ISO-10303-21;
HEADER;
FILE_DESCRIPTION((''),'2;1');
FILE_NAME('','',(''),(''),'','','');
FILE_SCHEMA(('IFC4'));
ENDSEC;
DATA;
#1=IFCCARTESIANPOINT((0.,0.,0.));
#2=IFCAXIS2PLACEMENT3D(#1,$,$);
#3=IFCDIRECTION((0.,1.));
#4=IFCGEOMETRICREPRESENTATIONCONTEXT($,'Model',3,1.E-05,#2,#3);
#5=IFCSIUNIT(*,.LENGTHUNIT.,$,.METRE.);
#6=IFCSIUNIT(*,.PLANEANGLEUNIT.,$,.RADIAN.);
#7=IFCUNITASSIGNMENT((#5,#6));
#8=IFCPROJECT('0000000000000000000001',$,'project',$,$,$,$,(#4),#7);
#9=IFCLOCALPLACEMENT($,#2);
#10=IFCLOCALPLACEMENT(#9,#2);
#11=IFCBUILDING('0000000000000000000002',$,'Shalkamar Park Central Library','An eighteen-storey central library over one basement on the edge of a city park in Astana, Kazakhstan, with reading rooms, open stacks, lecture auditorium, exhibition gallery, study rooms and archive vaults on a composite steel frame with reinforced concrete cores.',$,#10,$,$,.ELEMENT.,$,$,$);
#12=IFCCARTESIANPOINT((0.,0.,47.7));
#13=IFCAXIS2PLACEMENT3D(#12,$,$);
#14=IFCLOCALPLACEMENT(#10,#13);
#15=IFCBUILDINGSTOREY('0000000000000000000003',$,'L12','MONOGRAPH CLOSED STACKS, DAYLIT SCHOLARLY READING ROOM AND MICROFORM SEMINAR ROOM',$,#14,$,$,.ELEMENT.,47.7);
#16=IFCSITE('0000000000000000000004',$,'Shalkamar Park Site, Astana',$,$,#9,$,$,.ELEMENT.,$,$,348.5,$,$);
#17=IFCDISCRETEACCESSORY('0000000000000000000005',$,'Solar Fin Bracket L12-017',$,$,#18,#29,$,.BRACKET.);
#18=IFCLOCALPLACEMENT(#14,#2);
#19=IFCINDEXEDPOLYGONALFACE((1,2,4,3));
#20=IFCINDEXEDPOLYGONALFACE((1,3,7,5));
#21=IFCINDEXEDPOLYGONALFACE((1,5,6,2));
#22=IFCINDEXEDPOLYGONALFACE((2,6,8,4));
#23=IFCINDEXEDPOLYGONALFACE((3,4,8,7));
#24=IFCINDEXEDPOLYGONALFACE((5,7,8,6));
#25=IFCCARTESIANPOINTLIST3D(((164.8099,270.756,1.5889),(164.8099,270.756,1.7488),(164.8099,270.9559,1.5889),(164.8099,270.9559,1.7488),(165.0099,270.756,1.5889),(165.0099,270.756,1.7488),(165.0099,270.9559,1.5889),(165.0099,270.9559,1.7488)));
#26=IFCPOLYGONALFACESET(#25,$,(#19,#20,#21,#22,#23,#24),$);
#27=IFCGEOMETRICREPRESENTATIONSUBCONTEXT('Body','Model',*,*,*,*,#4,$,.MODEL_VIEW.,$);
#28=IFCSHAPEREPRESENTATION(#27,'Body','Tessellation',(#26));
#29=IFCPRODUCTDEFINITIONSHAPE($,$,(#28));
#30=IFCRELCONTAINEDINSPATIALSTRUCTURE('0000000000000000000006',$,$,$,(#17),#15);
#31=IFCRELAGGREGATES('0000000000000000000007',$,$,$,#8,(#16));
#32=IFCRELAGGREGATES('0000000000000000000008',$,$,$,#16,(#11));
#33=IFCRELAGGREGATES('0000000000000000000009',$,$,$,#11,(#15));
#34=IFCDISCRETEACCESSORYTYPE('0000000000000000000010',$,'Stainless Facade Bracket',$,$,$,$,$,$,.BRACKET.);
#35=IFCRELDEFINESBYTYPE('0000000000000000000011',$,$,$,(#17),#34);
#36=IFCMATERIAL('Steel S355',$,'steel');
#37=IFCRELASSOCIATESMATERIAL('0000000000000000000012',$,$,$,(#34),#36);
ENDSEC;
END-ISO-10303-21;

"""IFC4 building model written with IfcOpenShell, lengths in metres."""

from ifc_helpers import new_model, si_unit, direction, frame, origin, origin_2d, place, context, subcontext, project, spatial, rectangle, extrude, material, type_object, element, save


model = new_model("IFC4")

# Units and contexts
model_context = context("Model", 3, precision=1e-05, world=origin(), true_north=direction((0.0, 1.0)))
body_context = subcontext(model_context, "Body", "Model", "MODEL_VIEW")
ifc_project = project(units=[si_unit("LENGTHUNIT", "METRE"), si_unit("PLANEANGLEUNIT", "RADIAN")], contexts=[model_context])

# Site, building, storey
site_placement = place(None, origin())
site = spatial("IfcSite", under=ifc_project, at=site_placement, Name="Shalkamar Park Site, Astana", CompositionType="ELEMENT", RefElevation=348.5)
building_placement = place(site_placement, origin())
building = spatial("IfcBuilding", under=site, at=building_placement, Name="Shalkamar Park Central Library", Description="An eighteen-storey central library over one basement on the edge of a city park in Astana, Kazakhstan, with reading rooms, open stacks, lecture auditorium, exhibition gallery, study rooms and archive vaults on a composite steel frame with reinforced concrete cores.", CompositionType="ELEMENT")
storey_placement = place(building_placement, frame((0.0, 0.0, 47.7)))
storey = spatial("IfcBuildingStorey", under=building, at=storey_placement, Name="L12", Description="MONOGRAPH CLOSED STACKS, DAYLIT SCHOLARLY READING ROOM AND MICROFORM SEMINAR ROOM", CompositionType="ELEMENT", Elevation=47.7)

# Shared definitions
ifc_material_1 = material(Name="Steel S355", Category="steel")

# Discrete accessory
discrete_accessory_type = type_object("IfcDiscreteAccessoryType", Name="Stainless Facade Bracket", PredefinedType="BRACKET", material=ifc_material_1)
discrete_accessory_placement = place(storey_placement, frame((164.9099, 270.856, 1.5889), z_axis=(0.0, 0.0, 1.0), x_axis=(1.0, 0.0, 0.0)))
element("IfcDiscreteAccessory", 1, at=discrete_accessory_placement, inside=storey, type_object=discrete_accessory_type, Name="Solar Fin Bracket L12-017", PredefinedType="BRACKET", context=body_context, shape_type="SweptSolid", body=[
    extrude(rectangle(XDim=0.2, YDim=0.2, at=origin_2d()), origin(), (0.0, 0.0, 1.0), 0.1599),
])

save(model, "model.ifc")
